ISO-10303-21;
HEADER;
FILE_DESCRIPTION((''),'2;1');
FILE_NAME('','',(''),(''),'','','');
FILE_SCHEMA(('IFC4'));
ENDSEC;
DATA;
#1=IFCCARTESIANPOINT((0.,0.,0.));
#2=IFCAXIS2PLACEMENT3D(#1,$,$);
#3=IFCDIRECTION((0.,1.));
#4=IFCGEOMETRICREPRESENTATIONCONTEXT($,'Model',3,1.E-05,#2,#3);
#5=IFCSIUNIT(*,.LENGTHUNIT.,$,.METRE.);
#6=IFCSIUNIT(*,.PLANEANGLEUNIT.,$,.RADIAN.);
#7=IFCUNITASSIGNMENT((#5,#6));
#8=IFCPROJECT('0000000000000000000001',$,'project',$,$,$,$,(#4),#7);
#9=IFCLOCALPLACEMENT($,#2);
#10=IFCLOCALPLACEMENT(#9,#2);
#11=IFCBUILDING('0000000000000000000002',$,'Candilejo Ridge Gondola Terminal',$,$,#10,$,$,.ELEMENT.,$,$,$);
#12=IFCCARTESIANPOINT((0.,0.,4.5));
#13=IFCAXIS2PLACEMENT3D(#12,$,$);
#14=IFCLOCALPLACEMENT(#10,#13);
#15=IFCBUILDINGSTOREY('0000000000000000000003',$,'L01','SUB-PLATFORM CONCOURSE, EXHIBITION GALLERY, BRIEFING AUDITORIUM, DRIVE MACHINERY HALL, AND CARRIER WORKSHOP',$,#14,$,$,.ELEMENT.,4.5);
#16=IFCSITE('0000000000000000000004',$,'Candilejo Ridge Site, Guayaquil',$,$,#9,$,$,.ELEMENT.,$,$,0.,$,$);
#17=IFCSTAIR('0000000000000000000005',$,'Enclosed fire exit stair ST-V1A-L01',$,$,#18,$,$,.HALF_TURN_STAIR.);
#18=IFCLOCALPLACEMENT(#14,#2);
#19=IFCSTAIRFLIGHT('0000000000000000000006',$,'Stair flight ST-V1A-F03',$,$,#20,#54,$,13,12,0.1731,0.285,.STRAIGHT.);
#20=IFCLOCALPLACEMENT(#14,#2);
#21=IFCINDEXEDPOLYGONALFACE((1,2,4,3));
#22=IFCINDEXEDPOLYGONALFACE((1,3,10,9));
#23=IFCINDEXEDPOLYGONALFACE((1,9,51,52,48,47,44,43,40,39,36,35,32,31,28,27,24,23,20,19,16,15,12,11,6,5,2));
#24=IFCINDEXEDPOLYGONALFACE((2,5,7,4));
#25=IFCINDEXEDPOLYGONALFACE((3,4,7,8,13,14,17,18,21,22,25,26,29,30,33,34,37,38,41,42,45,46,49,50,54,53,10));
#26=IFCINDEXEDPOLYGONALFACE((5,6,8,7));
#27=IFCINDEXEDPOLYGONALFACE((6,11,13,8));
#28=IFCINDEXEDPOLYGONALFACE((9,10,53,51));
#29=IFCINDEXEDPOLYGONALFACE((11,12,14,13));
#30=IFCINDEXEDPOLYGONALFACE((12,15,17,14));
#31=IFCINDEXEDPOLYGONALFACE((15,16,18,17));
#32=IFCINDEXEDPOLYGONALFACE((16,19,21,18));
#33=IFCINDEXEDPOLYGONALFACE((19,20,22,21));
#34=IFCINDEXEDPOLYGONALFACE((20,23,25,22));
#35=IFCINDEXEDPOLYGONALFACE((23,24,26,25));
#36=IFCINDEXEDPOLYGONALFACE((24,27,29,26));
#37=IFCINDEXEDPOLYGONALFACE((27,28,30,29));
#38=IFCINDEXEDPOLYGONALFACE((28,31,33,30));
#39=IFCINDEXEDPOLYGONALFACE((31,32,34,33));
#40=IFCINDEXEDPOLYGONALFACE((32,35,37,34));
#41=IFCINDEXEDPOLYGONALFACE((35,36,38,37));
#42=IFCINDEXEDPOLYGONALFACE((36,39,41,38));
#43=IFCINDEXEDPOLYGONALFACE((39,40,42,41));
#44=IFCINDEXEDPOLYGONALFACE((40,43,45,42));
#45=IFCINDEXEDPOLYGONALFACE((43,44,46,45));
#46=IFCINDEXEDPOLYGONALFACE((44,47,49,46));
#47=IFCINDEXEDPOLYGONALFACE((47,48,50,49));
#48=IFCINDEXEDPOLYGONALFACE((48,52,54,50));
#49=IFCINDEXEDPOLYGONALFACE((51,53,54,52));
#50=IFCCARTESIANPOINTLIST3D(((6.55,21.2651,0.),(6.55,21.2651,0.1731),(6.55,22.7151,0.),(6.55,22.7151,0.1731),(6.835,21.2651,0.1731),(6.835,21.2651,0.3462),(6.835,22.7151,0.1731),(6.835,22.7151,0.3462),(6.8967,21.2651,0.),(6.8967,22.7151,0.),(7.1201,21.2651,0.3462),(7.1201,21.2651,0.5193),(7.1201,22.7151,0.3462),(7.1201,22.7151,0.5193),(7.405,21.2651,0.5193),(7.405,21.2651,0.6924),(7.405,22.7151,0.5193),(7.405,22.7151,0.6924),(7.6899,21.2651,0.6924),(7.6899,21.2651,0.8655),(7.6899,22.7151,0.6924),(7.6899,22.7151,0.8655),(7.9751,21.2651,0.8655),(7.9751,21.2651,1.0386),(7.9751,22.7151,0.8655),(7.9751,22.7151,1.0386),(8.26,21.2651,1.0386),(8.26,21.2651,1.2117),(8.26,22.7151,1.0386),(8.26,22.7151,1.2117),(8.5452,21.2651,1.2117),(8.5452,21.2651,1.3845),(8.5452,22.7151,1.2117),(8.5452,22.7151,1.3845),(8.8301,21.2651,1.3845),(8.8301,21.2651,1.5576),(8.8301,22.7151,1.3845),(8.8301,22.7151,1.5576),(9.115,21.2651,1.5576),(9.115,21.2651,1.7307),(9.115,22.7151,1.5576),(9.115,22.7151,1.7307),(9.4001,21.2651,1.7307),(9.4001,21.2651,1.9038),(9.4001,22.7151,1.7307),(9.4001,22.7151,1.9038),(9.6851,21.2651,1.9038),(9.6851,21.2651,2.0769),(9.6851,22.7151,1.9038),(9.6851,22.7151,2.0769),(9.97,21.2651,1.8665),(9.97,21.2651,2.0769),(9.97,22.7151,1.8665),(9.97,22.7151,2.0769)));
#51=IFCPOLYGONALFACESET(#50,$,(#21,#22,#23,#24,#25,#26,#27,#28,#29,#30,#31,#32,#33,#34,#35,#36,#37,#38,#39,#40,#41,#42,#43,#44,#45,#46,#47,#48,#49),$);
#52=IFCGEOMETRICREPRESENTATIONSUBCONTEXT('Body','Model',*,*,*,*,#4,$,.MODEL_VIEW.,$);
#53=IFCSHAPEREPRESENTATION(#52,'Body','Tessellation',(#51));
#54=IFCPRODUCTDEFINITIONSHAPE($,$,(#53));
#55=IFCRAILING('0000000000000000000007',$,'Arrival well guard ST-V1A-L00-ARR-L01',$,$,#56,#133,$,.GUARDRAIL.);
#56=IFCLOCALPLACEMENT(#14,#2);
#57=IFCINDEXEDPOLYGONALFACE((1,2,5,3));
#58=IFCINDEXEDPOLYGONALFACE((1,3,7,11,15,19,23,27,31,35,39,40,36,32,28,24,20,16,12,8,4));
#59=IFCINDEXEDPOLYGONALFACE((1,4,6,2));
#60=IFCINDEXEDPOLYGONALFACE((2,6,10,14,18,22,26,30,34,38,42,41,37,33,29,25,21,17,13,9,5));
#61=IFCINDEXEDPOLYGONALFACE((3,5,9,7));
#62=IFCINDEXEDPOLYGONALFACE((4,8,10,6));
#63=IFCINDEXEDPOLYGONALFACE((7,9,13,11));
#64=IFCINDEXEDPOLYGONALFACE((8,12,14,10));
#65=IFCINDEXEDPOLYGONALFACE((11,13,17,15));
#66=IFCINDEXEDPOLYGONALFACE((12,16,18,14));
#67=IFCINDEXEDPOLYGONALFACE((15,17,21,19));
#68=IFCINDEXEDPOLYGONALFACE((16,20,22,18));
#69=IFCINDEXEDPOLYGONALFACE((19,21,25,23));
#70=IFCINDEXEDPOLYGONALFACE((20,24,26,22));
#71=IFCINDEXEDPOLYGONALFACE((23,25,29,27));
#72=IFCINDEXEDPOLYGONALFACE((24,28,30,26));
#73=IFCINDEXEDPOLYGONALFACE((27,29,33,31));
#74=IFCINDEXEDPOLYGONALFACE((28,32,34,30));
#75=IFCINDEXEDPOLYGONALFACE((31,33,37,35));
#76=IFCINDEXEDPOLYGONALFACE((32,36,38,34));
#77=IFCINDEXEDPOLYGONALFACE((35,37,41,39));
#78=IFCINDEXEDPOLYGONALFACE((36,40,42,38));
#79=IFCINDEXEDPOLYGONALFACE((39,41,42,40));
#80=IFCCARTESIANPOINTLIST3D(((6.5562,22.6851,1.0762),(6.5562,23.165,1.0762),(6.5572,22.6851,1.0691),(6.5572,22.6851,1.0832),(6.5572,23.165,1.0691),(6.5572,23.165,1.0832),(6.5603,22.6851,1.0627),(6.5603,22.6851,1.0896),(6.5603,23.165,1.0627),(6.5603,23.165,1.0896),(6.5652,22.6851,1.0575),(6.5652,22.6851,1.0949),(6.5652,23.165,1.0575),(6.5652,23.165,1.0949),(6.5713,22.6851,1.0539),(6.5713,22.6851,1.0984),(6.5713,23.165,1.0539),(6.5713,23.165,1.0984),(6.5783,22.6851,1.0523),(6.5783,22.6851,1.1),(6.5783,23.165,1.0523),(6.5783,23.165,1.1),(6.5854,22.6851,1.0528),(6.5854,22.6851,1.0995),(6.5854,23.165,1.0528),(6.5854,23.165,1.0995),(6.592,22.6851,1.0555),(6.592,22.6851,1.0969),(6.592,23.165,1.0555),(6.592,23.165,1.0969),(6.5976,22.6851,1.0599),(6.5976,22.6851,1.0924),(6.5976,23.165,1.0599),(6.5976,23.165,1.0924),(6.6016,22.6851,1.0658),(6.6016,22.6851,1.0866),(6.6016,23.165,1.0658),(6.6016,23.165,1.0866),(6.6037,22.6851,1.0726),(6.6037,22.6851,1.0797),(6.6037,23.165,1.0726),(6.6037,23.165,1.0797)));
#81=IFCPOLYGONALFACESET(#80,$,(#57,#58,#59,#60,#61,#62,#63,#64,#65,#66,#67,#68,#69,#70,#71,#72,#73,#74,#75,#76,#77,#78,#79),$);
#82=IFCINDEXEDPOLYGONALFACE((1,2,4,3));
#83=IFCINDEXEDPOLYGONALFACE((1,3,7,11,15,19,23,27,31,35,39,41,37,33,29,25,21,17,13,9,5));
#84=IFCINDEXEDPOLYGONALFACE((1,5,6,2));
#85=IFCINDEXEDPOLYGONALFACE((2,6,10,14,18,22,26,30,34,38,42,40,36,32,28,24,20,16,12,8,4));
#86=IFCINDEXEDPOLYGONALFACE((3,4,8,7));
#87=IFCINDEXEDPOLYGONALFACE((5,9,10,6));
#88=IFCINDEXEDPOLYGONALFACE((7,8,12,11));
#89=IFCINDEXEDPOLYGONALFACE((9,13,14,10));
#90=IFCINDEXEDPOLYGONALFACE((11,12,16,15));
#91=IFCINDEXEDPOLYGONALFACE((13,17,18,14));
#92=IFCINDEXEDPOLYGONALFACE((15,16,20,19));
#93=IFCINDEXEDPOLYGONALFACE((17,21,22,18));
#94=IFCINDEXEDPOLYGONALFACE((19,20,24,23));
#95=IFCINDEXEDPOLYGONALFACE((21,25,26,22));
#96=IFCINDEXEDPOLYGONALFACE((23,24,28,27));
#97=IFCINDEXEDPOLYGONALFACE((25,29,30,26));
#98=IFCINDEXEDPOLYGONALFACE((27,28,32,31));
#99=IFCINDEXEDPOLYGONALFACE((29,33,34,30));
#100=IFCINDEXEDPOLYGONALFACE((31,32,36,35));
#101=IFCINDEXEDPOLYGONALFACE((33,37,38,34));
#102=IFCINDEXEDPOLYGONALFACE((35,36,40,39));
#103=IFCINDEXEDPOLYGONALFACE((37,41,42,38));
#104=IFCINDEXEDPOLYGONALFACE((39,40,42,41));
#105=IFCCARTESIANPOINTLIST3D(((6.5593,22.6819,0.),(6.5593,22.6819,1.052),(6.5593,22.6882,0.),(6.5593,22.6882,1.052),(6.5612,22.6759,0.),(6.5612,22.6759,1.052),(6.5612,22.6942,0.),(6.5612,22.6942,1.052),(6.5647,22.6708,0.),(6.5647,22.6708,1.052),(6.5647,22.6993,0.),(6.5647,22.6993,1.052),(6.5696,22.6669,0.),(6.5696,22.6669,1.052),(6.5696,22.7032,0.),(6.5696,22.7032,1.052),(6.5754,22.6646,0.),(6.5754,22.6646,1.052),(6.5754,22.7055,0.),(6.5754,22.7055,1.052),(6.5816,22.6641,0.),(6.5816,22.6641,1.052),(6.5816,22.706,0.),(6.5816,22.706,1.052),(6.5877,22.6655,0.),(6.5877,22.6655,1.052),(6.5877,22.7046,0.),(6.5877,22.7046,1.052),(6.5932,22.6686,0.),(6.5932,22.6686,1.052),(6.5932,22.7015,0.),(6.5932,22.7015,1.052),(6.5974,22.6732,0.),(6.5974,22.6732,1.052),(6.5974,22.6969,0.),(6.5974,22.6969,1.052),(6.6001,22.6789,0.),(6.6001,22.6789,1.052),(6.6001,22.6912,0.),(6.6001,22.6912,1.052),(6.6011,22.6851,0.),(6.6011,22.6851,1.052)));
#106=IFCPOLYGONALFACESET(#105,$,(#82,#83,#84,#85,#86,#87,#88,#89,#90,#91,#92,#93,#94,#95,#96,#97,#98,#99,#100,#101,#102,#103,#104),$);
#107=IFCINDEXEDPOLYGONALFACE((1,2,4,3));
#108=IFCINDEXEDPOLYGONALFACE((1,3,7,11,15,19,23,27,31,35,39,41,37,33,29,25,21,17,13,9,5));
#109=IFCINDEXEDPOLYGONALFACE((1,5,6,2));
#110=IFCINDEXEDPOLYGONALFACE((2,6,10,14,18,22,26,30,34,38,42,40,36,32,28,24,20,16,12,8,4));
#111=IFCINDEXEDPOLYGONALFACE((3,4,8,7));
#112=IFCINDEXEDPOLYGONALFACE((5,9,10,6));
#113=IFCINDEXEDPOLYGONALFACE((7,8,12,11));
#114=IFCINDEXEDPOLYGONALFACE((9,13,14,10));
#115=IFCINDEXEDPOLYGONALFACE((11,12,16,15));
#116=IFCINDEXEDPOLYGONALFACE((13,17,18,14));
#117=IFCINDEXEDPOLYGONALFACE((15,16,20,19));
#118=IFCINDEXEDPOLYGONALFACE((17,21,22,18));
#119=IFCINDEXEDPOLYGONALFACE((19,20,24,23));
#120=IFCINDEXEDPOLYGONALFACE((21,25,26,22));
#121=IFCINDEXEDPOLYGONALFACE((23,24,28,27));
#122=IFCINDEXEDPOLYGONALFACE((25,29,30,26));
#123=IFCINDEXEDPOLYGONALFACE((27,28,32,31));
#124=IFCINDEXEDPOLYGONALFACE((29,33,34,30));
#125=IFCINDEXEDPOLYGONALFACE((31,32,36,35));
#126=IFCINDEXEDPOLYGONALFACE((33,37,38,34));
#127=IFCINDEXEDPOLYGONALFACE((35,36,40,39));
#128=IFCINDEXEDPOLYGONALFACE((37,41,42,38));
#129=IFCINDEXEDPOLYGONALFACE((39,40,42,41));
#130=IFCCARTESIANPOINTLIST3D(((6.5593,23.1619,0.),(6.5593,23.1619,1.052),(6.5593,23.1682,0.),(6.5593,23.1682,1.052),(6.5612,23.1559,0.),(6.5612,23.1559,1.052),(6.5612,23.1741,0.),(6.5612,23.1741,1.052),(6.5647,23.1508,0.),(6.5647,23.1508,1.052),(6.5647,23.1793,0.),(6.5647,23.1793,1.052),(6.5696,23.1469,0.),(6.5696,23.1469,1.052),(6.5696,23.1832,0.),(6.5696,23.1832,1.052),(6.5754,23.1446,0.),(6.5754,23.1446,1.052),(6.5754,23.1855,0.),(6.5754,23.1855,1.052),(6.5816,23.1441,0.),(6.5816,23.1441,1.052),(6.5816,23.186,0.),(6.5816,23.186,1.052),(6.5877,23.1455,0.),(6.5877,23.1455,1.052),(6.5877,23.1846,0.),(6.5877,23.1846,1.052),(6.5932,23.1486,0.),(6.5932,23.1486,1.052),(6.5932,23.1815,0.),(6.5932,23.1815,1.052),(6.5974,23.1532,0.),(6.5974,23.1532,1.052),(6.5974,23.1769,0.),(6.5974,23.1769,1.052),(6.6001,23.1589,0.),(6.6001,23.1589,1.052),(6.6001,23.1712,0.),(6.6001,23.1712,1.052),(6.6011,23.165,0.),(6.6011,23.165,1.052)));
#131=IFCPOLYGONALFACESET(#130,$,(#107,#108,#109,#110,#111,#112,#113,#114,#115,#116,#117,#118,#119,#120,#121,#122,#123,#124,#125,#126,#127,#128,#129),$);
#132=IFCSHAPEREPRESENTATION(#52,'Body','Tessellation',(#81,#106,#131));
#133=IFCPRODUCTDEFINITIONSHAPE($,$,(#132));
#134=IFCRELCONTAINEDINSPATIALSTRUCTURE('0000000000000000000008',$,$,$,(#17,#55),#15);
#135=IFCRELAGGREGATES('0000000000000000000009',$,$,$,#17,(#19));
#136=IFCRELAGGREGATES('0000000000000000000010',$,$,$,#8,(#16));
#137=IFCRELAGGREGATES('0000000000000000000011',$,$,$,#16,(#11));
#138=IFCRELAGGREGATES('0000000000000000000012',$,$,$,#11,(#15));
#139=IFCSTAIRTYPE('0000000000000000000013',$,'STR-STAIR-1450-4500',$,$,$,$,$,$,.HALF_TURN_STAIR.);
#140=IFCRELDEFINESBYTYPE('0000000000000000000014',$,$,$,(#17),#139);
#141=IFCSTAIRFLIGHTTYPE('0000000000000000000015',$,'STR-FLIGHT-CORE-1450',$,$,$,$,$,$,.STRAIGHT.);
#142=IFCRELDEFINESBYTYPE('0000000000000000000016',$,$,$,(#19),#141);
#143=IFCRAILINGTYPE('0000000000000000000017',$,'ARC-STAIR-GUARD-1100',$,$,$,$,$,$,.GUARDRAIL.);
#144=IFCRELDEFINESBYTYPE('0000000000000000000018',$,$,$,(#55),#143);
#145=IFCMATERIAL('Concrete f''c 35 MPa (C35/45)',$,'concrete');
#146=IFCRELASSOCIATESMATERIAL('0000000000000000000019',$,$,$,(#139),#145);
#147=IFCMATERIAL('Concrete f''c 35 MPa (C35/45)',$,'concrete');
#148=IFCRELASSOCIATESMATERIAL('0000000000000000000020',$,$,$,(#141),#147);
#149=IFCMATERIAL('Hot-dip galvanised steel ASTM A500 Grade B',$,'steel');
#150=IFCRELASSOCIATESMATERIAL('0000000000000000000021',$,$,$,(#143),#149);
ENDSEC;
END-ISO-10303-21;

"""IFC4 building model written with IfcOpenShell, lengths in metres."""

from ifc_helpers import new_model, si_unit, direction, frame, origin, origin_2d, place, context, subcontext, project, spatial, polyline, circle, outline, extrude, material, type_object, element, aggregate, save


model = new_model("IFC4")

# Units and contexts
model_context = context("Model", 3, precision=1e-05, world=origin(), true_north=direction((0.0, 1.0)))
body_context = subcontext(model_context, "Body", "Model", "MODEL_VIEW")
ifc_project = project(units=[si_unit("LENGTHUNIT", "METRE"), si_unit("PLANEANGLEUNIT", "RADIAN")], contexts=[model_context])

# Site, building, storey
site_placement = place(None, origin())
site = spatial("IfcSite", under=ifc_project, at=site_placement, Name="Candilejo Ridge Site, Guayaquil", CompositionType="ELEMENT", RefElevation=0.0)
building_placement = place(site_placement, origin())
building = spatial("IfcBuilding", under=site, at=building_placement, Name="Candilejo Ridge Gondola Terminal", CompositionType="ELEMENT")
storey_placement = place(building_placement, frame((0.0, 0.0, 4.5)))
storey = spatial("IfcBuildingStorey", under=building, at=storey_placement, Name="L01", Description="SUB-PLATFORM CONCOURSE, EXHIBITION GALLERY, BRIEFING AUDITORIUM, DRIVE MACHINERY HALL, AND CARRIER WORKSHOP", CompositionType="ELEMENT", Elevation=4.5)

# Stair, stair flight
ifc_material_1 = material(Name="Concrete f'c 35 MPa (C35/45)", Category="concrete")
stair_type = type_object("IfcStairType", Name="STR-STAIR-1450-4500", PredefinedType="HALF_TURN_STAIR", material=ifc_material_1)
stair_placement = place(storey_placement, origin())
stair = element("IfcStair", 1, at=stair_placement, inside=storey, type_object=stair_type, Name="Enclosed fire exit stair ST-V1A-L01", PredefinedType="HALF_TURN_STAIR")
ifc_material_2 = material(Name="Concrete f'c 35 MPa (C35/45)", Category="concrete")
stair_flight_type = type_object("IfcStairFlightType", Name="STR-FLIGHT-CORE-1450", PredefinedType="STRAIGHT", material=ifc_material_2)
stair_flight_placement = place(storey_placement, frame((6.55, 21.99, 0.0), z_axis=(0.0, 0.0, 1.0), x_axis=(1.0, 0.0, 0.0)))
stair_flight = element("IfcStairFlight", 2, at=stair_flight_placement, type_object=stair_flight_type, Name="Stair flight ST-V1A-F03", NumberOfRisers=13, NumberOfTreads=12, PredefinedType="STRAIGHT", RiserHeight=0.1731, TreadLength=0.285, context=body_context, shape_type="SweptSolid", body=[
    extrude(outline(polyline([(0.0, 0.0), (0.0, 0.1731), (0.2849, 0.1731), (0.2849, 0.3462), (0.5701, 0.3462), (0.5701, 0.5193), (0.855, 0.5193), (0.855, 0.6924), (1.1399, 0.6924), (1.1399, 0.8655), (1.425, 0.8655), (1.425, 1.0386), (1.71, 1.0386), (1.71, 1.2117), (1.9951, 1.2117), (1.9951, 1.3845), (2.28, 1.3845), (2.28, 1.5576), (2.5649, 1.5576), (2.5649, 1.7307), (2.8501, 1.7307), (2.8501, 1.9038), (3.135, 1.9038), (3.135, 2.0769), (3.4199, 2.0769), (3.4199, 2.25), (3.4199, 1.8665), (0.3467, 0.0), (0.0, 0.0)])), frame((0.0, 0.7251, 0.0), z_axis=(0.0, -1.0, 0.0), x_axis=(1.0, 0.0, 0.0)), (0.0, 0.0, 1.0), 1.45),
])
aggregate(stair, [stair_flight])

# Railing
ifc_material_3 = material(Name="Hot-dip galvanised steel ASTM A500 Grade B", Category="steel")
railing_type_1 = type_object("IfcRailingType", Name="ARC-STAIR-GUARD-1100", PredefinedType="GUARDRAIL", material=ifc_material_3)
railing_1_placement = place(storey_placement, frame((6.5801, 22.6851, 0.0)))
element("IfcRailing", 3, at=railing_1_placement, inside=storey, type_object=railing_type_1, Name="Arrival well guard ST-V1A-L00-ARR-L01", PredefinedType="GUARDRAIL", context=body_context, shape_type="SweptSolid", body=[
    extrude(circle(Radius=0.0239, at=origin_2d()), frame((0.0, 0.0, 1.0762), z_axis=(0.0, 1.0, 0.0), x_axis=(-1.0, 0.0, 0.0)), (0.0, 0.0, 1.0), 0.48),
    extrude(circle(Radius=0.021, at=origin_2d()), origin(), (0.0, 0.0, 1.0), 1.052),
    extrude(circle(Radius=0.021, at=origin_2d()), frame((0.0, 0.48, 0.0)), (0.0, 0.0, 1.0), 1.052),
])

save(model, "model.ifc")
